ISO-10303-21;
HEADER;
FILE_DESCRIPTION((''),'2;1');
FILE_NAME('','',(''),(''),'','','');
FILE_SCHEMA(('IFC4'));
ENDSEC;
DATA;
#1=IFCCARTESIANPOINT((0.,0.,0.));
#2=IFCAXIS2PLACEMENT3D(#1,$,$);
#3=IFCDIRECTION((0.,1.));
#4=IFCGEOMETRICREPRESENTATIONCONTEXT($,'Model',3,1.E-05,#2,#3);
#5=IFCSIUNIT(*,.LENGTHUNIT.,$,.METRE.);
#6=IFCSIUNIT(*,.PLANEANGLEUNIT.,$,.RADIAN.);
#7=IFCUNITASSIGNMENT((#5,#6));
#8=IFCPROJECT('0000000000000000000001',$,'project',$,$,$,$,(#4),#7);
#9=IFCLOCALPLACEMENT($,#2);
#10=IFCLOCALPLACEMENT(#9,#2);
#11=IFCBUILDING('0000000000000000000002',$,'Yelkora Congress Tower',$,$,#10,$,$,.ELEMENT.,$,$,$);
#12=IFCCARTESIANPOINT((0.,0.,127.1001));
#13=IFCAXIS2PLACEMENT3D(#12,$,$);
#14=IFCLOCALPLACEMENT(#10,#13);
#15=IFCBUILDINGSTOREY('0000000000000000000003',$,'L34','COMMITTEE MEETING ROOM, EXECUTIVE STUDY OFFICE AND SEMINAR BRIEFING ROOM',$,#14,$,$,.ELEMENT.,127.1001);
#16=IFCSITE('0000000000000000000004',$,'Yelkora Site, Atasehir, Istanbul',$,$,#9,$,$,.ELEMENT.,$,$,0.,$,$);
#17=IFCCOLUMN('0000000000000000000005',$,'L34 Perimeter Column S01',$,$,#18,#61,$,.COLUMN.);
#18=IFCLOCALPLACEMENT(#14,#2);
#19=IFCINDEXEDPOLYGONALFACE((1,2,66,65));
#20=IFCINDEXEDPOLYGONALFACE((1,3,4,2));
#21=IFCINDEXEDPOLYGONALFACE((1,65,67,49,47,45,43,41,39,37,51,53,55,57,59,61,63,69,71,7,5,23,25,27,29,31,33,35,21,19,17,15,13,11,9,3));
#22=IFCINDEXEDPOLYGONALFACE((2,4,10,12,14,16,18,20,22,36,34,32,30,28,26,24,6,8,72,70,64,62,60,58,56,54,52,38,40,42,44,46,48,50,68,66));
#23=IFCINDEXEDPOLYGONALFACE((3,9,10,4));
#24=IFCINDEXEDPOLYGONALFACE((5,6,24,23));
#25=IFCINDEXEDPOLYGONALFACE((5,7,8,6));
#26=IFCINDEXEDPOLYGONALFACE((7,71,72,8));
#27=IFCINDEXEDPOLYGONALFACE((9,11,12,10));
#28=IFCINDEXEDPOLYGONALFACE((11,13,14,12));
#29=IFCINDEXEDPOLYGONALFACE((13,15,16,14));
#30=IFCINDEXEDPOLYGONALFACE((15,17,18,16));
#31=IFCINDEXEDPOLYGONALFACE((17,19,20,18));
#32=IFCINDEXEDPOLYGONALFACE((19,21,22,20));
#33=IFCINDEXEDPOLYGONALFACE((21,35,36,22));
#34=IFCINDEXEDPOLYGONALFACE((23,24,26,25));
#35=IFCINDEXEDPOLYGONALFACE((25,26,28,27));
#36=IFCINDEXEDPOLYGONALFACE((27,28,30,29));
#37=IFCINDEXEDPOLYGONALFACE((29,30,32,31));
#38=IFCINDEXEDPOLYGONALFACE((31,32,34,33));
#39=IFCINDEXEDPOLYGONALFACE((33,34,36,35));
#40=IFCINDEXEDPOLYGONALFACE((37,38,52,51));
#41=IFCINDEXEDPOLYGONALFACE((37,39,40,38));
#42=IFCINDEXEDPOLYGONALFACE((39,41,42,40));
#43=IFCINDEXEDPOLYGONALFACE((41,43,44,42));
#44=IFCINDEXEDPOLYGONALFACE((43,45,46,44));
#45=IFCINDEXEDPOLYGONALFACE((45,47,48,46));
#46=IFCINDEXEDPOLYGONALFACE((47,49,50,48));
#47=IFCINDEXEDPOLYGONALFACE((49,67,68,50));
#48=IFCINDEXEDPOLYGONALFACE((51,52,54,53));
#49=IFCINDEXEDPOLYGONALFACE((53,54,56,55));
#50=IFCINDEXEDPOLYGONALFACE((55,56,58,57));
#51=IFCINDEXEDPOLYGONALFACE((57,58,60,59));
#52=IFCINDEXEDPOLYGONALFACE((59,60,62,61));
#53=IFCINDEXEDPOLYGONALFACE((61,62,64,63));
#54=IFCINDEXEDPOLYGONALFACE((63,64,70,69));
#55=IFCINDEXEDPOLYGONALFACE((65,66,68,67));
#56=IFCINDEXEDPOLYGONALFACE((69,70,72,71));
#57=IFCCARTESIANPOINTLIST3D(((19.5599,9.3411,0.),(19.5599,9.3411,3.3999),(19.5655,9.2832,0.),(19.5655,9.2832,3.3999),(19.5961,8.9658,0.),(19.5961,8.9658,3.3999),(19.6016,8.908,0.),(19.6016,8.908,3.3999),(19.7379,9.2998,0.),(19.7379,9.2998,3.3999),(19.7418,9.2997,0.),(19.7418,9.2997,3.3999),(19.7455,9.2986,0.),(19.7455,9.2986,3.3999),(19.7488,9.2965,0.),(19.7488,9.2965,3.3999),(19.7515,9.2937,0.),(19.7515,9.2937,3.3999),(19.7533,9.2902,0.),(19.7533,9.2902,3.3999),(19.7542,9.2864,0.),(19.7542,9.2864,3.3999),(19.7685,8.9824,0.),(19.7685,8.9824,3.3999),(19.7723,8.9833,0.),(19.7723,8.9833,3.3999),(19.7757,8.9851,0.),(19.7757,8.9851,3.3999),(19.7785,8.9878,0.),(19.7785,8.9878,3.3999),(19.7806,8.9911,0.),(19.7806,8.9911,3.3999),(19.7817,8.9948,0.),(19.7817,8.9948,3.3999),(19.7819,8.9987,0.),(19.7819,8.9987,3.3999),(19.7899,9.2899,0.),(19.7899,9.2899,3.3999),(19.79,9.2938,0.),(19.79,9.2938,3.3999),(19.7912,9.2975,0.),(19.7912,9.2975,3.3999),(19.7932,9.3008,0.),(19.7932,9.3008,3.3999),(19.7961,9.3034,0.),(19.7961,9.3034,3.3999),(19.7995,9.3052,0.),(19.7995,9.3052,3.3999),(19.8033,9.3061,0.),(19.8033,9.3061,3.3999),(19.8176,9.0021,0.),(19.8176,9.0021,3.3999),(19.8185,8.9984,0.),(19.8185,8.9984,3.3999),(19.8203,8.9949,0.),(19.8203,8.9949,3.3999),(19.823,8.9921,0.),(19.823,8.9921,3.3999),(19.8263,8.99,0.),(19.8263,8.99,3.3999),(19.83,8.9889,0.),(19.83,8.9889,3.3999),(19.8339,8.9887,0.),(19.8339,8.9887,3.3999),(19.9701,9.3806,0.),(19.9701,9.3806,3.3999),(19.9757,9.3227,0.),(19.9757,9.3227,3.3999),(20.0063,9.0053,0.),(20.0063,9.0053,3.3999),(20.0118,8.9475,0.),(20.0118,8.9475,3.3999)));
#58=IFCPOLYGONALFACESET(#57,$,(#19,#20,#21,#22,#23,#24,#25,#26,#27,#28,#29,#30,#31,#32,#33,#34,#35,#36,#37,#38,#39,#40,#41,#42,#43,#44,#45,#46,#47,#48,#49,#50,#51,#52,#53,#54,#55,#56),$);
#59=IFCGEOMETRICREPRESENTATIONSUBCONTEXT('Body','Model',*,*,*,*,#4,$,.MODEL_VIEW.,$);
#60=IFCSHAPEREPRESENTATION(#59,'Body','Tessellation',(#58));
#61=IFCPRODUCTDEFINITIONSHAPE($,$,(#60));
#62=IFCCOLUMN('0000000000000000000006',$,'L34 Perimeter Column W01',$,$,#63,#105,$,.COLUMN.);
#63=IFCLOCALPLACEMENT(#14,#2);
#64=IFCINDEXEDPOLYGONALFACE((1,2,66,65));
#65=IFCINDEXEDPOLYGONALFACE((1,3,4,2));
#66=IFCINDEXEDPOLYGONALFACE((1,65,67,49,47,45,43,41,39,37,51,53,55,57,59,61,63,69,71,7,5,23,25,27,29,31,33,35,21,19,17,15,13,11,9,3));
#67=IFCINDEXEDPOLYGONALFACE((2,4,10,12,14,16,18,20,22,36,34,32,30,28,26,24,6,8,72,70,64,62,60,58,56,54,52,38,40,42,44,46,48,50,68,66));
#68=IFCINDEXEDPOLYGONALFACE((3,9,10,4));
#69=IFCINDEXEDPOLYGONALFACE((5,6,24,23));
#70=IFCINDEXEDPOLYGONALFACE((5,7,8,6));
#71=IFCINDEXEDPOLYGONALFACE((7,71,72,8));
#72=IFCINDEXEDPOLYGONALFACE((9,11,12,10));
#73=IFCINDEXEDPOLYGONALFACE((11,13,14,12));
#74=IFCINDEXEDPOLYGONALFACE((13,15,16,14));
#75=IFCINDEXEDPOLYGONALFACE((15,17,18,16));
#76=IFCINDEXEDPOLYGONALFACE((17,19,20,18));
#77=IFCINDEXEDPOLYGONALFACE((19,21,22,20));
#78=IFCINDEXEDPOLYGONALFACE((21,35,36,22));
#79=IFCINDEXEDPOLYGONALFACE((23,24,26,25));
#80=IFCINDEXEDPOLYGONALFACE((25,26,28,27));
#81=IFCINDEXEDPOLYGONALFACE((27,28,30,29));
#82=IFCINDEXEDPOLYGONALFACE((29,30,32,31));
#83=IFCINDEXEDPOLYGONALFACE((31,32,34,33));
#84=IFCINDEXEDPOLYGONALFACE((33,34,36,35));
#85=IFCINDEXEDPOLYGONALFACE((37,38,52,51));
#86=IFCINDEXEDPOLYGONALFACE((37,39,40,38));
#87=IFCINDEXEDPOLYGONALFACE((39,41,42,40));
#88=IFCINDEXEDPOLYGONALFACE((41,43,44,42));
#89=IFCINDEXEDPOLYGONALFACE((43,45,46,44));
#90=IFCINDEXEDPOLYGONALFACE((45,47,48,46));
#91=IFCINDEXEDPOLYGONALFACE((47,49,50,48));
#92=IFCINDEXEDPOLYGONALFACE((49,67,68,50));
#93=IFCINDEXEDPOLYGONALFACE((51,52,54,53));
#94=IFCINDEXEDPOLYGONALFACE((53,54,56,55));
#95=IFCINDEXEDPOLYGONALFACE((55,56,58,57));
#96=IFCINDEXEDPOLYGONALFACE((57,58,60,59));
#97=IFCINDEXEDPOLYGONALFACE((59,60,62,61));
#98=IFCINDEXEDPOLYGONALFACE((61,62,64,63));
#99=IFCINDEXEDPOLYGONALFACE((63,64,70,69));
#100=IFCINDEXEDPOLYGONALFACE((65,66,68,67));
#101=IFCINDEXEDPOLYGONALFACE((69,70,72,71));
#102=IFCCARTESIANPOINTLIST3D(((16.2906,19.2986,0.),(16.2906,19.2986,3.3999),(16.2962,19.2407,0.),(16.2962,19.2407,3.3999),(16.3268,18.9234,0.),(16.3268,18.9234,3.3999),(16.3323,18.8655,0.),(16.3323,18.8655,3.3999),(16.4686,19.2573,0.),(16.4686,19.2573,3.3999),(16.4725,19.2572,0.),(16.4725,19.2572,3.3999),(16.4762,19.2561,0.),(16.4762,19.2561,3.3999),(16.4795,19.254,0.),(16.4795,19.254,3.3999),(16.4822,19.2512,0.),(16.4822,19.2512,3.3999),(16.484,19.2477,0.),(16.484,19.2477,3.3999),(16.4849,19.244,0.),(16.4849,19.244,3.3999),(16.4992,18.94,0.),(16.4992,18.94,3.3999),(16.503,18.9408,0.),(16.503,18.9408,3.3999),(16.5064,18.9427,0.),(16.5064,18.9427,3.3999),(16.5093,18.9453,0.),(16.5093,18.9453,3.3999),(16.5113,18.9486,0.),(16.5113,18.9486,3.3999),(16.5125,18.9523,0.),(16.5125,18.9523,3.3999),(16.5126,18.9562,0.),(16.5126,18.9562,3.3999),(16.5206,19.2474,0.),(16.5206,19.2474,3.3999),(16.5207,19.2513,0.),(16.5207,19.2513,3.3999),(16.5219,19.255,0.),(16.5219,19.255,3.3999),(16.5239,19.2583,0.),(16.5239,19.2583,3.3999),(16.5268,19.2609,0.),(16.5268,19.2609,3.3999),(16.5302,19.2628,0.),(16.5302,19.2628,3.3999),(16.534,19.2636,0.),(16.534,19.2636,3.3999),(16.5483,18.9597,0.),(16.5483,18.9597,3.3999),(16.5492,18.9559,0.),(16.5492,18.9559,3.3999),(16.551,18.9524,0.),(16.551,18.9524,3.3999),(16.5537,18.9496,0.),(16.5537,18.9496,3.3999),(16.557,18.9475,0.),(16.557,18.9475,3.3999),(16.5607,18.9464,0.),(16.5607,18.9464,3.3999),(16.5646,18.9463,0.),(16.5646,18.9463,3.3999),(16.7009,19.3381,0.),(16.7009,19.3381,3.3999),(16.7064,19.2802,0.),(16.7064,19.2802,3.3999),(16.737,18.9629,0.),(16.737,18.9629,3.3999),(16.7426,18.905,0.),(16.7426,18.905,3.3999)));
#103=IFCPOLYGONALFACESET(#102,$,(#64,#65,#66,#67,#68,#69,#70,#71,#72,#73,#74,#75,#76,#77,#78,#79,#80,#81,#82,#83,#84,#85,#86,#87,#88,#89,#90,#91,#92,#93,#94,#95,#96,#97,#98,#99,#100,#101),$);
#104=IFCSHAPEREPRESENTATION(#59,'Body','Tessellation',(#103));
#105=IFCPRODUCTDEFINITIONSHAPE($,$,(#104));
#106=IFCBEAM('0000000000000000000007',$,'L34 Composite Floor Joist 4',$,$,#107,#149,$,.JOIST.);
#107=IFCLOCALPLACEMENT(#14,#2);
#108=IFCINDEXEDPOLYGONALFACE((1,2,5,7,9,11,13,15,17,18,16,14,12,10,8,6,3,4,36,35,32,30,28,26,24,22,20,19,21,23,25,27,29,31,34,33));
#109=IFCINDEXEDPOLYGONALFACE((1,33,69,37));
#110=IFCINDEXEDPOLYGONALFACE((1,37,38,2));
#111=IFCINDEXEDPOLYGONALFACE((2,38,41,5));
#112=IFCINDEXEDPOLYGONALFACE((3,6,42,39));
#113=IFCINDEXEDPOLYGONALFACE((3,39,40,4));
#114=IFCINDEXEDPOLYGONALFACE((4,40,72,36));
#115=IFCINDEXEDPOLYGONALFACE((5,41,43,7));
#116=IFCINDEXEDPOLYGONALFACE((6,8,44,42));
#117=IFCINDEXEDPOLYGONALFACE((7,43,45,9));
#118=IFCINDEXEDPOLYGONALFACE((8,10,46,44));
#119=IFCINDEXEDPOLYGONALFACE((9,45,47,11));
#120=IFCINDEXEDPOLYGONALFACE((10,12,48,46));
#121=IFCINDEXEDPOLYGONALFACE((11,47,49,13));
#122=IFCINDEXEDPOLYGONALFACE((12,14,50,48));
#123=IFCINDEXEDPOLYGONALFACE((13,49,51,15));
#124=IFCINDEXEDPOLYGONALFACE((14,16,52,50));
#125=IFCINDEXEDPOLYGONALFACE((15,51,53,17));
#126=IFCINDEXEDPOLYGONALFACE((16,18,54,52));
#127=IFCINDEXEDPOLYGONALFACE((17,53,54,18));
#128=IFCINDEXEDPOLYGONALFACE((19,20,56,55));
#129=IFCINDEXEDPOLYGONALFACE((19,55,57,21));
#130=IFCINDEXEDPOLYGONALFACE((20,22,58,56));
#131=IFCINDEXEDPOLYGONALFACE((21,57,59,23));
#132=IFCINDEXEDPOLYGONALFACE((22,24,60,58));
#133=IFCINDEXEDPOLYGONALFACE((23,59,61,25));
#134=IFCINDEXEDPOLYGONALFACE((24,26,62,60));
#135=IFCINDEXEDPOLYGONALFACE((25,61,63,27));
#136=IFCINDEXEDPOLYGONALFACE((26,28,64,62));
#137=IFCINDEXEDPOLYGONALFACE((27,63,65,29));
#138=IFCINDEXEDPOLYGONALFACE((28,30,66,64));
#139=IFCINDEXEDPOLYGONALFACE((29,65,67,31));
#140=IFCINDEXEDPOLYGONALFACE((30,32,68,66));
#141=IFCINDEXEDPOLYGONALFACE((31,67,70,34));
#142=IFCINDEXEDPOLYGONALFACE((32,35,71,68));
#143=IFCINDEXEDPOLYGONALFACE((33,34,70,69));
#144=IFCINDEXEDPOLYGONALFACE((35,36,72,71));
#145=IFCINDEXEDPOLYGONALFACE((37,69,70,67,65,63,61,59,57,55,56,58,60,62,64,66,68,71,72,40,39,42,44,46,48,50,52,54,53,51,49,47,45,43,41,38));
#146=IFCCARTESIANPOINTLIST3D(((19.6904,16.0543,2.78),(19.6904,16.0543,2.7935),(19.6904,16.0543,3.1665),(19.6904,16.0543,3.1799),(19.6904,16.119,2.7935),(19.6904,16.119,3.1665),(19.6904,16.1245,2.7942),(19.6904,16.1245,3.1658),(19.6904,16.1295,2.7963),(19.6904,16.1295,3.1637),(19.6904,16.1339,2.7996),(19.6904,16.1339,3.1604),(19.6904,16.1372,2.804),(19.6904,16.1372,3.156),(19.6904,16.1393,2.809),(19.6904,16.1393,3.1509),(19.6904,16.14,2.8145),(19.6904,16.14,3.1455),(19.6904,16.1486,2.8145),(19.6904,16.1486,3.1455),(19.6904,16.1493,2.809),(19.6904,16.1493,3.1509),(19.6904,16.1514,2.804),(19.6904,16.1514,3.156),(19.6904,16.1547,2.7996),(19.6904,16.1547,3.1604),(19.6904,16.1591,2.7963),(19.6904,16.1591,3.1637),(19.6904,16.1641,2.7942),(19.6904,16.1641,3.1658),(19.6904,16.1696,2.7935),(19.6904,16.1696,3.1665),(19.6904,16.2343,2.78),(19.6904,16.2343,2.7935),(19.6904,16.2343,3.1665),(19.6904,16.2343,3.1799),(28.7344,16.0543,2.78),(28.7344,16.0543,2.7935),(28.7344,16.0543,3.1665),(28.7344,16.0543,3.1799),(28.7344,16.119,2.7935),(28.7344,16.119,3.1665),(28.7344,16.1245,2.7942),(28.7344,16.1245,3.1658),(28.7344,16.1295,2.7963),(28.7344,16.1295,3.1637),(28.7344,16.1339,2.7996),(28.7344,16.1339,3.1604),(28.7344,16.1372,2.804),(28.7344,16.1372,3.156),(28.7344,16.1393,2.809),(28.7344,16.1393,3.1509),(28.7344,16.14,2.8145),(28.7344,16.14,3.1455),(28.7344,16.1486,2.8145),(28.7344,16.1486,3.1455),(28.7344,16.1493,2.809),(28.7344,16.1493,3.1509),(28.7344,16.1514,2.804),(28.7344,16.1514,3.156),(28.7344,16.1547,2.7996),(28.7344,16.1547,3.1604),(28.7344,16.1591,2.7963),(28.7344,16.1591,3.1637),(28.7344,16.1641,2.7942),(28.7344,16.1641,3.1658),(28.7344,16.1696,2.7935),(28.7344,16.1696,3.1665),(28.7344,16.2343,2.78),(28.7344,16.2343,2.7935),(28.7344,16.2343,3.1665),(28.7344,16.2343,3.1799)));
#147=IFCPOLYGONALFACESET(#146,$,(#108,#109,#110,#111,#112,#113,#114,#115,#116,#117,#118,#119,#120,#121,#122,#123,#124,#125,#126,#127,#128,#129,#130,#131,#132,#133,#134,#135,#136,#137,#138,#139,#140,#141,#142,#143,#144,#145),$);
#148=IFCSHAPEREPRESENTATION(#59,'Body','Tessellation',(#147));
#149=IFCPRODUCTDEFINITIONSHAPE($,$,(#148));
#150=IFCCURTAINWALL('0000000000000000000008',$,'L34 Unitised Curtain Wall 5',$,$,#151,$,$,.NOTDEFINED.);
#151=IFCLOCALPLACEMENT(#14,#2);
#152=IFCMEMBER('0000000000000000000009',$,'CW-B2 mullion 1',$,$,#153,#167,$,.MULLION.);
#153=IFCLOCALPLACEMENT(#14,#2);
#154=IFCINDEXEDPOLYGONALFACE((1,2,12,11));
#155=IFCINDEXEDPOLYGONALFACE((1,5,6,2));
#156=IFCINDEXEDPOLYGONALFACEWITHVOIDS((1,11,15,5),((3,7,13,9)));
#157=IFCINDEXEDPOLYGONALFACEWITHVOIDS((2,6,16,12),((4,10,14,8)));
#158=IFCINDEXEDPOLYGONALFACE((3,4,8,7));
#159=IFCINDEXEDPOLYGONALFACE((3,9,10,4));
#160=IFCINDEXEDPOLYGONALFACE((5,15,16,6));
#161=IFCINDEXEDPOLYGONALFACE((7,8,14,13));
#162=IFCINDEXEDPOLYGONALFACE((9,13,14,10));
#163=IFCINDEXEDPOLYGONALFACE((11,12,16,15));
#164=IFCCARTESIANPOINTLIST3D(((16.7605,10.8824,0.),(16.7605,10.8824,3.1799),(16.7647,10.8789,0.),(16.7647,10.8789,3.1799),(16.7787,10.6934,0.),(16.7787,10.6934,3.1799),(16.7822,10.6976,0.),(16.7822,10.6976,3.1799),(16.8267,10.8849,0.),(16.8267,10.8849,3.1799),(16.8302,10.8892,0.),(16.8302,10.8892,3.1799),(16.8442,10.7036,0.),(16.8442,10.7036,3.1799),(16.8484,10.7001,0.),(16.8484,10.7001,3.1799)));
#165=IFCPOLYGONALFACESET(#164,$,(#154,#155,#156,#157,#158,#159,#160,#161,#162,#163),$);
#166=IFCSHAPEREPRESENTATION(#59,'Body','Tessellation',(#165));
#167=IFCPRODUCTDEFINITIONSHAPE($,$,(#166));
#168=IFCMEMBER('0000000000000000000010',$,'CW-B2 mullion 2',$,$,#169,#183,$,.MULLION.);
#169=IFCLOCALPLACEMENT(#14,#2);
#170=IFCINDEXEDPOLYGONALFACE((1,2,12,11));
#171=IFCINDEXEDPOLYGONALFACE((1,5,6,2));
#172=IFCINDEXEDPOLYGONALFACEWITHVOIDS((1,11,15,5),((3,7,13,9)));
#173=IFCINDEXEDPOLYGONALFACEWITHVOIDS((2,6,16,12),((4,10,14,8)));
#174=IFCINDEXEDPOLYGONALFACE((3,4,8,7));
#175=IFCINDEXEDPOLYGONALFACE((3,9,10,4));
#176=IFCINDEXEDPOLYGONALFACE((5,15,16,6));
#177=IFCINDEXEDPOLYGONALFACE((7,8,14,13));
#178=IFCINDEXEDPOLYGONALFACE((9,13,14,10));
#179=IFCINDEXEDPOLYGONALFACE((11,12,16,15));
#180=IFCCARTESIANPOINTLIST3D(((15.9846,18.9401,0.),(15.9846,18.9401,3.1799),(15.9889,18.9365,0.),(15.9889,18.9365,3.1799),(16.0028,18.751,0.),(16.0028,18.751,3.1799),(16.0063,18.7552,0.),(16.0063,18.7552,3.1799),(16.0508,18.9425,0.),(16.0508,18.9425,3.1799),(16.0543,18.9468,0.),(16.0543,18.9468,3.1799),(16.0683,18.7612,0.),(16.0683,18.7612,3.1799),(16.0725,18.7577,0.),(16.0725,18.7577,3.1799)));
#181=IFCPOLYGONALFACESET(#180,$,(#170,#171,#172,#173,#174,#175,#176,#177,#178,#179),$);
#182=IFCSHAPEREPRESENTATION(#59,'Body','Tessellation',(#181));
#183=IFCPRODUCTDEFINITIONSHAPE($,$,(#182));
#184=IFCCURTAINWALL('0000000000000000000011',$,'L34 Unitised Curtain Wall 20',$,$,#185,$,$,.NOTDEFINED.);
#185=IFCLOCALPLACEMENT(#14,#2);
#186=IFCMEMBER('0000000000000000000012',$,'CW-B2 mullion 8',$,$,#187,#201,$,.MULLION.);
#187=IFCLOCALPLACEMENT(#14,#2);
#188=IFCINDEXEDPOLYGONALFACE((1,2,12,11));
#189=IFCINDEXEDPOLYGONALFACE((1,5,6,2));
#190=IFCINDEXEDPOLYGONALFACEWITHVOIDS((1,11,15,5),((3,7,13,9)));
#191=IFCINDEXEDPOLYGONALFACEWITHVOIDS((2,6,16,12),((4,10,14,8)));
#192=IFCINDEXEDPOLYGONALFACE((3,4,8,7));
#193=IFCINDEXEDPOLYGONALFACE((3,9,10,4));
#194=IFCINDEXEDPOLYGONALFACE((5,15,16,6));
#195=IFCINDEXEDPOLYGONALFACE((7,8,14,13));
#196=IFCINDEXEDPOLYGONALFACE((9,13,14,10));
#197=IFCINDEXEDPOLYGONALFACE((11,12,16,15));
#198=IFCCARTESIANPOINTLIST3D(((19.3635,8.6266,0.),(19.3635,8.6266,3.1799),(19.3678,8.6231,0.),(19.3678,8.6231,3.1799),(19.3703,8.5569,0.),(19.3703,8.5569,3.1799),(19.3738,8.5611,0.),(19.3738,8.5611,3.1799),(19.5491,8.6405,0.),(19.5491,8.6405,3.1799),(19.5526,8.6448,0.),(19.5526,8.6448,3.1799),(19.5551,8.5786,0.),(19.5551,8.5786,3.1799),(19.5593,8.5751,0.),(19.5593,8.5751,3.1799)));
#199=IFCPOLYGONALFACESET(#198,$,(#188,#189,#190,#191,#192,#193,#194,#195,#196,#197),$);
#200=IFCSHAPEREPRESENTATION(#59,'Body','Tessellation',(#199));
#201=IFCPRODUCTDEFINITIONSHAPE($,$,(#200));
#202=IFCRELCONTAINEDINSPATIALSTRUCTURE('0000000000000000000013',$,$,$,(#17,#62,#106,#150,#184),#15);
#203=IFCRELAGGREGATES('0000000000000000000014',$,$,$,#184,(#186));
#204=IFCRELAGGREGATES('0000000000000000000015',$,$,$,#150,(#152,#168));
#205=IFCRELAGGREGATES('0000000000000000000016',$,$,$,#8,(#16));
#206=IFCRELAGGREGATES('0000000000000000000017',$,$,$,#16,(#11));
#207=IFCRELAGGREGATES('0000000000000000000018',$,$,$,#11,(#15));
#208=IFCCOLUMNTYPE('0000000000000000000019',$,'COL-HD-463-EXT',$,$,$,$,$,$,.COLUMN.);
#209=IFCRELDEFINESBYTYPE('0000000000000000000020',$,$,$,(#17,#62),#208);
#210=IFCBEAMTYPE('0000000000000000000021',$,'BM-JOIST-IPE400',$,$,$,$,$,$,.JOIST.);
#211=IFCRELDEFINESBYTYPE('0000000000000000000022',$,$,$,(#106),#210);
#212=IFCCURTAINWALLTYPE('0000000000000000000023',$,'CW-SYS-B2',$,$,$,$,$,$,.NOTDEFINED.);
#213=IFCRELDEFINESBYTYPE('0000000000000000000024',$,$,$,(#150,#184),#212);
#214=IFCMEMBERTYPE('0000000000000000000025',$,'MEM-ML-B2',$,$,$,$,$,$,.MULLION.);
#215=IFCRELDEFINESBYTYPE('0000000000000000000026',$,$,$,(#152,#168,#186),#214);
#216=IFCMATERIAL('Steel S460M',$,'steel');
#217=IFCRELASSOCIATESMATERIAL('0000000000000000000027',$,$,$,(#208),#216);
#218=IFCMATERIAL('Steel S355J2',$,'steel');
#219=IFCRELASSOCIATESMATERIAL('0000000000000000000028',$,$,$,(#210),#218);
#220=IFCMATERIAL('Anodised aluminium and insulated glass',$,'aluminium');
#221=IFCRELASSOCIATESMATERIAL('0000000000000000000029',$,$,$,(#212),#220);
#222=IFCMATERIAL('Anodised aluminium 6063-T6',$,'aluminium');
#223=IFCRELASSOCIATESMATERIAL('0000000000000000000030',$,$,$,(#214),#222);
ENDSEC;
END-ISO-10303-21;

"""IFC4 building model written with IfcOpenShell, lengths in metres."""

from ifc_helpers import new_model, si_unit, direction, frame, origin, origin_2d, place, context, subcontext, project, spatial, hollow_rectangle, i_section, extrude, material, material_profile, profile_set, type_object, element, aggregate, save


model = new_model("IFC4")

# Units and contexts
model_context = context("Model", 3, precision=1e-05, world=origin(), true_north=direction((0.0, 1.0)))
body_context = subcontext(model_context, "Body", "Model", "MODEL_VIEW")
ifc_project = project(units=[si_unit("LENGTHUNIT", "METRE"), si_unit("PLANEANGLEUNIT", "RADIAN")], contexts=[model_context])

# Site, building, storey
site_placement = place(None, origin())
site = spatial("IfcSite", under=ifc_project, at=site_placement, Name="Yelkora Site, Atasehir, Istanbul", CompositionType="ELEMENT", RefElevation=0.0)
building_placement = place(site_placement, origin())
building = spatial("IfcBuilding", under=site, at=building_placement, Name="Yelkora Congress Tower", CompositionType="ELEMENT")
storey_placement = place(building_placement, frame((0.0, 0.0, 127.1001)))
storey = spatial("IfcBuildingStorey", under=building, at=storey_placement, Name="L34", Description="COMMITTEE MEETING ROOM, EXECUTIVE STUDY OFFICE AND SEMINAR BRIEFING ROOM", CompositionType="ELEMENT", Elevation=127.1001)

# Columns
ifc_material_1 = material(Name="Steel S460M", Category="steel")
ifc_material_profile_1 = material_profile(ifc_material_1, i_section(OverallWidth=0.4121, OverallDepth=0.4351, WebThickness=0.0359, FlangeThickness=0.0581, FilletRadius=0.0149, at=origin_2d()), Name="HD 400x463")
ifc_profile_set_1 = profile_set([ifc_material_profile_1], Name="Steel S460M")
column_type = type_object("IfcColumnType", Name="COL-HD-463-EXT", PredefinedType="COLUMN", material=ifc_profile_set_1)
for number, where, z_axis, x_axis, name in (
    (1, (19.7859, 9.1443, 0.0), (0.0, 0.0, 1.0), (0.995396, 0.095846, 0.0), "L34 Perimeter Column S01"),
    (2, (16.5166, 19.1018, 0.0), (0.0, 0.0, 1.0), (0.995396, 0.095846, 0.0), "L34 Perimeter Column W01"),
):
    element("IfcColumn", number, at=place(storey_placement, frame(where, z_axis=z_axis, x_axis=x_axis)), inside=storey, type_object=column_type, Name=name, PredefinedType="COLUMN", context=body_context, shape_type="SweptSolid", body=[
        extrude(i_section(OverallWidth=0.4121, OverallDepth=0.4351, WebThickness=0.0359, FlangeThickness=0.0581, FilletRadius=0.0149, at=origin_2d()), origin(), (0.0, 0.0, 1.0), 3.3999),
    ])

# Beam
ifc_material_2 = material(Name="Steel S355J2", Category="steel")
ifc_material_profile_2 = material_profile(ifc_material_2, i_section(OverallWidth=0.1799, OverallDepth=0.3999, WebThickness=0.0085, FlangeThickness=0.0134, FilletRadius=0.021, at=origin_2d()), Name="IPE 400")
ifc_profile_set_2 = profile_set([ifc_material_profile_2], Name="Steel S355J2")
beam_type = type_object("IfcBeamType", Name="BM-JOIST-IPE400", PredefinedType="JOIST", material=ifc_profile_set_2)
beam_placement = place(storey_placement, frame((19.6904, 16.1443, 2.98), z_axis=(1.0, 0.0, 0.0), x_axis=(0.0, 1.0, 0.0)))
element("IfcBeam", 3, at=beam_placement, inside=storey, type_object=beam_type, Name="L34 Composite Floor Joist 4", PredefinedType="JOIST", context=body_context, shape_type="SweptSolid", body=[
    extrude(i_section(OverallWidth=0.1799, OverallDepth=0.3999, WebThickness=0.0085, FlangeThickness=0.0134, FilletRadius=0.021, at=origin_2d()), origin(), (0.0, 0.0, 1.0), 9.0439),
])

# Curtain wall, members
ifc_material_3 = material(Name="Anodised aluminium and insulated glass", Category="aluminium")
curtain_wall_type = type_object("IfcCurtainWallType", Name="CW-SYS-B2", PredefinedType="NOTDEFINED", material=ifc_material_3)
curtain_wall_1_placement = place(storey_placement, origin())
curtain_wall_1 = element("IfcCurtainWall", 4, at=curtain_wall_1_placement, inside=storey, type_object=curtain_wall_type, Name="L34 Unitised Curtain Wall 5", PredefinedType="NOTDEFINED")
ifc_material_4 = material(Name="Anodised aluminium 6063-T6", Category="aluminium")
ifc_material_profile_3 = material_profile(ifc_material_4, hollow_rectangle(XDim=0.0701, YDim=0.1899, WallThickness=0.0039, at=origin_2d()), Name="ALU 70x190x4")
ifc_profile_set_3 = profile_set([ifc_material_profile_3], Name="Anodised aluminium 6063-T6")
member_type_1 = type_object("IfcMemberType", Name="MEM-ML-B2", PredefinedType="MULLION", material=ifc_profile_set_3)
member_1_placement = place(storey_placement, frame((16.8044, 10.7913, 0.0), z_axis=(0.0, 0.0, 1.0), x_axis=(-0.995397, -0.095843, 0.0)))
member_1 = element("IfcMember", 5, at=member_1_placement, type_object=member_type_1, Name="CW-B2 mullion 1", PredefinedType="MULLION", context=body_context, shape_type="SweptSolid", body=[
    extrude(hollow_rectangle(XDim=0.0701, YDim=0.1899, WallThickness=0.0039, at=origin_2d()), origin(), (0.0, 0.0, 1.0), 3.1799),
])
member_2_placement = place(storey_placement, frame((16.0286, 18.8489, 0.0), z_axis=(0.0, 0.0, 1.0), x_axis=(-0.995397, -0.095843, 0.0)))
member_2 = element("IfcMember", 6, at=member_2_placement, type_object=member_type_1, Name="CW-B2 mullion 2", PredefinedType="MULLION", context=body_context, shape_type="SweptSolid", body=[
    extrude(hollow_rectangle(XDim=0.0701, YDim=0.1899, WallThickness=0.0039, at=origin_2d()), origin(), (0.0, 0.0, 1.0), 3.1799),
])

# Curtain wall, member
curtain_wall_2_placement = place(storey_placement, origin())
curtain_wall_2 = element("IfcCurtainWall", 7, at=curtain_wall_2_placement, inside=storey, type_object=curtain_wall_type, Name="L34 Unitised Curtain Wall 20", PredefinedType="NOTDEFINED")
member_3_placement = place(storey_placement, frame((19.4614, 8.6008, 0.0), z_axis=(0.0, 0.0, 1.0), x_axis=(0.095844, -0.995396, 0.0)))
member_3 = element("IfcMember", 8, at=member_3_placement, type_object=member_type_1, Name="CW-B2 mullion 8", PredefinedType="MULLION", context=body_context, shape_type="SweptSolid", body=[
    extrude(hollow_rectangle(XDim=0.0701, YDim=0.1899, WallThickness=0.0039, at=origin_2d()), origin(), (0.0, 0.0, 1.0), 3.1799),
])
aggregate(curtain_wall_2, [member_3])

aggregate(curtain_wall_1, [member_1, member_2])

save(model, "model.ifc")
